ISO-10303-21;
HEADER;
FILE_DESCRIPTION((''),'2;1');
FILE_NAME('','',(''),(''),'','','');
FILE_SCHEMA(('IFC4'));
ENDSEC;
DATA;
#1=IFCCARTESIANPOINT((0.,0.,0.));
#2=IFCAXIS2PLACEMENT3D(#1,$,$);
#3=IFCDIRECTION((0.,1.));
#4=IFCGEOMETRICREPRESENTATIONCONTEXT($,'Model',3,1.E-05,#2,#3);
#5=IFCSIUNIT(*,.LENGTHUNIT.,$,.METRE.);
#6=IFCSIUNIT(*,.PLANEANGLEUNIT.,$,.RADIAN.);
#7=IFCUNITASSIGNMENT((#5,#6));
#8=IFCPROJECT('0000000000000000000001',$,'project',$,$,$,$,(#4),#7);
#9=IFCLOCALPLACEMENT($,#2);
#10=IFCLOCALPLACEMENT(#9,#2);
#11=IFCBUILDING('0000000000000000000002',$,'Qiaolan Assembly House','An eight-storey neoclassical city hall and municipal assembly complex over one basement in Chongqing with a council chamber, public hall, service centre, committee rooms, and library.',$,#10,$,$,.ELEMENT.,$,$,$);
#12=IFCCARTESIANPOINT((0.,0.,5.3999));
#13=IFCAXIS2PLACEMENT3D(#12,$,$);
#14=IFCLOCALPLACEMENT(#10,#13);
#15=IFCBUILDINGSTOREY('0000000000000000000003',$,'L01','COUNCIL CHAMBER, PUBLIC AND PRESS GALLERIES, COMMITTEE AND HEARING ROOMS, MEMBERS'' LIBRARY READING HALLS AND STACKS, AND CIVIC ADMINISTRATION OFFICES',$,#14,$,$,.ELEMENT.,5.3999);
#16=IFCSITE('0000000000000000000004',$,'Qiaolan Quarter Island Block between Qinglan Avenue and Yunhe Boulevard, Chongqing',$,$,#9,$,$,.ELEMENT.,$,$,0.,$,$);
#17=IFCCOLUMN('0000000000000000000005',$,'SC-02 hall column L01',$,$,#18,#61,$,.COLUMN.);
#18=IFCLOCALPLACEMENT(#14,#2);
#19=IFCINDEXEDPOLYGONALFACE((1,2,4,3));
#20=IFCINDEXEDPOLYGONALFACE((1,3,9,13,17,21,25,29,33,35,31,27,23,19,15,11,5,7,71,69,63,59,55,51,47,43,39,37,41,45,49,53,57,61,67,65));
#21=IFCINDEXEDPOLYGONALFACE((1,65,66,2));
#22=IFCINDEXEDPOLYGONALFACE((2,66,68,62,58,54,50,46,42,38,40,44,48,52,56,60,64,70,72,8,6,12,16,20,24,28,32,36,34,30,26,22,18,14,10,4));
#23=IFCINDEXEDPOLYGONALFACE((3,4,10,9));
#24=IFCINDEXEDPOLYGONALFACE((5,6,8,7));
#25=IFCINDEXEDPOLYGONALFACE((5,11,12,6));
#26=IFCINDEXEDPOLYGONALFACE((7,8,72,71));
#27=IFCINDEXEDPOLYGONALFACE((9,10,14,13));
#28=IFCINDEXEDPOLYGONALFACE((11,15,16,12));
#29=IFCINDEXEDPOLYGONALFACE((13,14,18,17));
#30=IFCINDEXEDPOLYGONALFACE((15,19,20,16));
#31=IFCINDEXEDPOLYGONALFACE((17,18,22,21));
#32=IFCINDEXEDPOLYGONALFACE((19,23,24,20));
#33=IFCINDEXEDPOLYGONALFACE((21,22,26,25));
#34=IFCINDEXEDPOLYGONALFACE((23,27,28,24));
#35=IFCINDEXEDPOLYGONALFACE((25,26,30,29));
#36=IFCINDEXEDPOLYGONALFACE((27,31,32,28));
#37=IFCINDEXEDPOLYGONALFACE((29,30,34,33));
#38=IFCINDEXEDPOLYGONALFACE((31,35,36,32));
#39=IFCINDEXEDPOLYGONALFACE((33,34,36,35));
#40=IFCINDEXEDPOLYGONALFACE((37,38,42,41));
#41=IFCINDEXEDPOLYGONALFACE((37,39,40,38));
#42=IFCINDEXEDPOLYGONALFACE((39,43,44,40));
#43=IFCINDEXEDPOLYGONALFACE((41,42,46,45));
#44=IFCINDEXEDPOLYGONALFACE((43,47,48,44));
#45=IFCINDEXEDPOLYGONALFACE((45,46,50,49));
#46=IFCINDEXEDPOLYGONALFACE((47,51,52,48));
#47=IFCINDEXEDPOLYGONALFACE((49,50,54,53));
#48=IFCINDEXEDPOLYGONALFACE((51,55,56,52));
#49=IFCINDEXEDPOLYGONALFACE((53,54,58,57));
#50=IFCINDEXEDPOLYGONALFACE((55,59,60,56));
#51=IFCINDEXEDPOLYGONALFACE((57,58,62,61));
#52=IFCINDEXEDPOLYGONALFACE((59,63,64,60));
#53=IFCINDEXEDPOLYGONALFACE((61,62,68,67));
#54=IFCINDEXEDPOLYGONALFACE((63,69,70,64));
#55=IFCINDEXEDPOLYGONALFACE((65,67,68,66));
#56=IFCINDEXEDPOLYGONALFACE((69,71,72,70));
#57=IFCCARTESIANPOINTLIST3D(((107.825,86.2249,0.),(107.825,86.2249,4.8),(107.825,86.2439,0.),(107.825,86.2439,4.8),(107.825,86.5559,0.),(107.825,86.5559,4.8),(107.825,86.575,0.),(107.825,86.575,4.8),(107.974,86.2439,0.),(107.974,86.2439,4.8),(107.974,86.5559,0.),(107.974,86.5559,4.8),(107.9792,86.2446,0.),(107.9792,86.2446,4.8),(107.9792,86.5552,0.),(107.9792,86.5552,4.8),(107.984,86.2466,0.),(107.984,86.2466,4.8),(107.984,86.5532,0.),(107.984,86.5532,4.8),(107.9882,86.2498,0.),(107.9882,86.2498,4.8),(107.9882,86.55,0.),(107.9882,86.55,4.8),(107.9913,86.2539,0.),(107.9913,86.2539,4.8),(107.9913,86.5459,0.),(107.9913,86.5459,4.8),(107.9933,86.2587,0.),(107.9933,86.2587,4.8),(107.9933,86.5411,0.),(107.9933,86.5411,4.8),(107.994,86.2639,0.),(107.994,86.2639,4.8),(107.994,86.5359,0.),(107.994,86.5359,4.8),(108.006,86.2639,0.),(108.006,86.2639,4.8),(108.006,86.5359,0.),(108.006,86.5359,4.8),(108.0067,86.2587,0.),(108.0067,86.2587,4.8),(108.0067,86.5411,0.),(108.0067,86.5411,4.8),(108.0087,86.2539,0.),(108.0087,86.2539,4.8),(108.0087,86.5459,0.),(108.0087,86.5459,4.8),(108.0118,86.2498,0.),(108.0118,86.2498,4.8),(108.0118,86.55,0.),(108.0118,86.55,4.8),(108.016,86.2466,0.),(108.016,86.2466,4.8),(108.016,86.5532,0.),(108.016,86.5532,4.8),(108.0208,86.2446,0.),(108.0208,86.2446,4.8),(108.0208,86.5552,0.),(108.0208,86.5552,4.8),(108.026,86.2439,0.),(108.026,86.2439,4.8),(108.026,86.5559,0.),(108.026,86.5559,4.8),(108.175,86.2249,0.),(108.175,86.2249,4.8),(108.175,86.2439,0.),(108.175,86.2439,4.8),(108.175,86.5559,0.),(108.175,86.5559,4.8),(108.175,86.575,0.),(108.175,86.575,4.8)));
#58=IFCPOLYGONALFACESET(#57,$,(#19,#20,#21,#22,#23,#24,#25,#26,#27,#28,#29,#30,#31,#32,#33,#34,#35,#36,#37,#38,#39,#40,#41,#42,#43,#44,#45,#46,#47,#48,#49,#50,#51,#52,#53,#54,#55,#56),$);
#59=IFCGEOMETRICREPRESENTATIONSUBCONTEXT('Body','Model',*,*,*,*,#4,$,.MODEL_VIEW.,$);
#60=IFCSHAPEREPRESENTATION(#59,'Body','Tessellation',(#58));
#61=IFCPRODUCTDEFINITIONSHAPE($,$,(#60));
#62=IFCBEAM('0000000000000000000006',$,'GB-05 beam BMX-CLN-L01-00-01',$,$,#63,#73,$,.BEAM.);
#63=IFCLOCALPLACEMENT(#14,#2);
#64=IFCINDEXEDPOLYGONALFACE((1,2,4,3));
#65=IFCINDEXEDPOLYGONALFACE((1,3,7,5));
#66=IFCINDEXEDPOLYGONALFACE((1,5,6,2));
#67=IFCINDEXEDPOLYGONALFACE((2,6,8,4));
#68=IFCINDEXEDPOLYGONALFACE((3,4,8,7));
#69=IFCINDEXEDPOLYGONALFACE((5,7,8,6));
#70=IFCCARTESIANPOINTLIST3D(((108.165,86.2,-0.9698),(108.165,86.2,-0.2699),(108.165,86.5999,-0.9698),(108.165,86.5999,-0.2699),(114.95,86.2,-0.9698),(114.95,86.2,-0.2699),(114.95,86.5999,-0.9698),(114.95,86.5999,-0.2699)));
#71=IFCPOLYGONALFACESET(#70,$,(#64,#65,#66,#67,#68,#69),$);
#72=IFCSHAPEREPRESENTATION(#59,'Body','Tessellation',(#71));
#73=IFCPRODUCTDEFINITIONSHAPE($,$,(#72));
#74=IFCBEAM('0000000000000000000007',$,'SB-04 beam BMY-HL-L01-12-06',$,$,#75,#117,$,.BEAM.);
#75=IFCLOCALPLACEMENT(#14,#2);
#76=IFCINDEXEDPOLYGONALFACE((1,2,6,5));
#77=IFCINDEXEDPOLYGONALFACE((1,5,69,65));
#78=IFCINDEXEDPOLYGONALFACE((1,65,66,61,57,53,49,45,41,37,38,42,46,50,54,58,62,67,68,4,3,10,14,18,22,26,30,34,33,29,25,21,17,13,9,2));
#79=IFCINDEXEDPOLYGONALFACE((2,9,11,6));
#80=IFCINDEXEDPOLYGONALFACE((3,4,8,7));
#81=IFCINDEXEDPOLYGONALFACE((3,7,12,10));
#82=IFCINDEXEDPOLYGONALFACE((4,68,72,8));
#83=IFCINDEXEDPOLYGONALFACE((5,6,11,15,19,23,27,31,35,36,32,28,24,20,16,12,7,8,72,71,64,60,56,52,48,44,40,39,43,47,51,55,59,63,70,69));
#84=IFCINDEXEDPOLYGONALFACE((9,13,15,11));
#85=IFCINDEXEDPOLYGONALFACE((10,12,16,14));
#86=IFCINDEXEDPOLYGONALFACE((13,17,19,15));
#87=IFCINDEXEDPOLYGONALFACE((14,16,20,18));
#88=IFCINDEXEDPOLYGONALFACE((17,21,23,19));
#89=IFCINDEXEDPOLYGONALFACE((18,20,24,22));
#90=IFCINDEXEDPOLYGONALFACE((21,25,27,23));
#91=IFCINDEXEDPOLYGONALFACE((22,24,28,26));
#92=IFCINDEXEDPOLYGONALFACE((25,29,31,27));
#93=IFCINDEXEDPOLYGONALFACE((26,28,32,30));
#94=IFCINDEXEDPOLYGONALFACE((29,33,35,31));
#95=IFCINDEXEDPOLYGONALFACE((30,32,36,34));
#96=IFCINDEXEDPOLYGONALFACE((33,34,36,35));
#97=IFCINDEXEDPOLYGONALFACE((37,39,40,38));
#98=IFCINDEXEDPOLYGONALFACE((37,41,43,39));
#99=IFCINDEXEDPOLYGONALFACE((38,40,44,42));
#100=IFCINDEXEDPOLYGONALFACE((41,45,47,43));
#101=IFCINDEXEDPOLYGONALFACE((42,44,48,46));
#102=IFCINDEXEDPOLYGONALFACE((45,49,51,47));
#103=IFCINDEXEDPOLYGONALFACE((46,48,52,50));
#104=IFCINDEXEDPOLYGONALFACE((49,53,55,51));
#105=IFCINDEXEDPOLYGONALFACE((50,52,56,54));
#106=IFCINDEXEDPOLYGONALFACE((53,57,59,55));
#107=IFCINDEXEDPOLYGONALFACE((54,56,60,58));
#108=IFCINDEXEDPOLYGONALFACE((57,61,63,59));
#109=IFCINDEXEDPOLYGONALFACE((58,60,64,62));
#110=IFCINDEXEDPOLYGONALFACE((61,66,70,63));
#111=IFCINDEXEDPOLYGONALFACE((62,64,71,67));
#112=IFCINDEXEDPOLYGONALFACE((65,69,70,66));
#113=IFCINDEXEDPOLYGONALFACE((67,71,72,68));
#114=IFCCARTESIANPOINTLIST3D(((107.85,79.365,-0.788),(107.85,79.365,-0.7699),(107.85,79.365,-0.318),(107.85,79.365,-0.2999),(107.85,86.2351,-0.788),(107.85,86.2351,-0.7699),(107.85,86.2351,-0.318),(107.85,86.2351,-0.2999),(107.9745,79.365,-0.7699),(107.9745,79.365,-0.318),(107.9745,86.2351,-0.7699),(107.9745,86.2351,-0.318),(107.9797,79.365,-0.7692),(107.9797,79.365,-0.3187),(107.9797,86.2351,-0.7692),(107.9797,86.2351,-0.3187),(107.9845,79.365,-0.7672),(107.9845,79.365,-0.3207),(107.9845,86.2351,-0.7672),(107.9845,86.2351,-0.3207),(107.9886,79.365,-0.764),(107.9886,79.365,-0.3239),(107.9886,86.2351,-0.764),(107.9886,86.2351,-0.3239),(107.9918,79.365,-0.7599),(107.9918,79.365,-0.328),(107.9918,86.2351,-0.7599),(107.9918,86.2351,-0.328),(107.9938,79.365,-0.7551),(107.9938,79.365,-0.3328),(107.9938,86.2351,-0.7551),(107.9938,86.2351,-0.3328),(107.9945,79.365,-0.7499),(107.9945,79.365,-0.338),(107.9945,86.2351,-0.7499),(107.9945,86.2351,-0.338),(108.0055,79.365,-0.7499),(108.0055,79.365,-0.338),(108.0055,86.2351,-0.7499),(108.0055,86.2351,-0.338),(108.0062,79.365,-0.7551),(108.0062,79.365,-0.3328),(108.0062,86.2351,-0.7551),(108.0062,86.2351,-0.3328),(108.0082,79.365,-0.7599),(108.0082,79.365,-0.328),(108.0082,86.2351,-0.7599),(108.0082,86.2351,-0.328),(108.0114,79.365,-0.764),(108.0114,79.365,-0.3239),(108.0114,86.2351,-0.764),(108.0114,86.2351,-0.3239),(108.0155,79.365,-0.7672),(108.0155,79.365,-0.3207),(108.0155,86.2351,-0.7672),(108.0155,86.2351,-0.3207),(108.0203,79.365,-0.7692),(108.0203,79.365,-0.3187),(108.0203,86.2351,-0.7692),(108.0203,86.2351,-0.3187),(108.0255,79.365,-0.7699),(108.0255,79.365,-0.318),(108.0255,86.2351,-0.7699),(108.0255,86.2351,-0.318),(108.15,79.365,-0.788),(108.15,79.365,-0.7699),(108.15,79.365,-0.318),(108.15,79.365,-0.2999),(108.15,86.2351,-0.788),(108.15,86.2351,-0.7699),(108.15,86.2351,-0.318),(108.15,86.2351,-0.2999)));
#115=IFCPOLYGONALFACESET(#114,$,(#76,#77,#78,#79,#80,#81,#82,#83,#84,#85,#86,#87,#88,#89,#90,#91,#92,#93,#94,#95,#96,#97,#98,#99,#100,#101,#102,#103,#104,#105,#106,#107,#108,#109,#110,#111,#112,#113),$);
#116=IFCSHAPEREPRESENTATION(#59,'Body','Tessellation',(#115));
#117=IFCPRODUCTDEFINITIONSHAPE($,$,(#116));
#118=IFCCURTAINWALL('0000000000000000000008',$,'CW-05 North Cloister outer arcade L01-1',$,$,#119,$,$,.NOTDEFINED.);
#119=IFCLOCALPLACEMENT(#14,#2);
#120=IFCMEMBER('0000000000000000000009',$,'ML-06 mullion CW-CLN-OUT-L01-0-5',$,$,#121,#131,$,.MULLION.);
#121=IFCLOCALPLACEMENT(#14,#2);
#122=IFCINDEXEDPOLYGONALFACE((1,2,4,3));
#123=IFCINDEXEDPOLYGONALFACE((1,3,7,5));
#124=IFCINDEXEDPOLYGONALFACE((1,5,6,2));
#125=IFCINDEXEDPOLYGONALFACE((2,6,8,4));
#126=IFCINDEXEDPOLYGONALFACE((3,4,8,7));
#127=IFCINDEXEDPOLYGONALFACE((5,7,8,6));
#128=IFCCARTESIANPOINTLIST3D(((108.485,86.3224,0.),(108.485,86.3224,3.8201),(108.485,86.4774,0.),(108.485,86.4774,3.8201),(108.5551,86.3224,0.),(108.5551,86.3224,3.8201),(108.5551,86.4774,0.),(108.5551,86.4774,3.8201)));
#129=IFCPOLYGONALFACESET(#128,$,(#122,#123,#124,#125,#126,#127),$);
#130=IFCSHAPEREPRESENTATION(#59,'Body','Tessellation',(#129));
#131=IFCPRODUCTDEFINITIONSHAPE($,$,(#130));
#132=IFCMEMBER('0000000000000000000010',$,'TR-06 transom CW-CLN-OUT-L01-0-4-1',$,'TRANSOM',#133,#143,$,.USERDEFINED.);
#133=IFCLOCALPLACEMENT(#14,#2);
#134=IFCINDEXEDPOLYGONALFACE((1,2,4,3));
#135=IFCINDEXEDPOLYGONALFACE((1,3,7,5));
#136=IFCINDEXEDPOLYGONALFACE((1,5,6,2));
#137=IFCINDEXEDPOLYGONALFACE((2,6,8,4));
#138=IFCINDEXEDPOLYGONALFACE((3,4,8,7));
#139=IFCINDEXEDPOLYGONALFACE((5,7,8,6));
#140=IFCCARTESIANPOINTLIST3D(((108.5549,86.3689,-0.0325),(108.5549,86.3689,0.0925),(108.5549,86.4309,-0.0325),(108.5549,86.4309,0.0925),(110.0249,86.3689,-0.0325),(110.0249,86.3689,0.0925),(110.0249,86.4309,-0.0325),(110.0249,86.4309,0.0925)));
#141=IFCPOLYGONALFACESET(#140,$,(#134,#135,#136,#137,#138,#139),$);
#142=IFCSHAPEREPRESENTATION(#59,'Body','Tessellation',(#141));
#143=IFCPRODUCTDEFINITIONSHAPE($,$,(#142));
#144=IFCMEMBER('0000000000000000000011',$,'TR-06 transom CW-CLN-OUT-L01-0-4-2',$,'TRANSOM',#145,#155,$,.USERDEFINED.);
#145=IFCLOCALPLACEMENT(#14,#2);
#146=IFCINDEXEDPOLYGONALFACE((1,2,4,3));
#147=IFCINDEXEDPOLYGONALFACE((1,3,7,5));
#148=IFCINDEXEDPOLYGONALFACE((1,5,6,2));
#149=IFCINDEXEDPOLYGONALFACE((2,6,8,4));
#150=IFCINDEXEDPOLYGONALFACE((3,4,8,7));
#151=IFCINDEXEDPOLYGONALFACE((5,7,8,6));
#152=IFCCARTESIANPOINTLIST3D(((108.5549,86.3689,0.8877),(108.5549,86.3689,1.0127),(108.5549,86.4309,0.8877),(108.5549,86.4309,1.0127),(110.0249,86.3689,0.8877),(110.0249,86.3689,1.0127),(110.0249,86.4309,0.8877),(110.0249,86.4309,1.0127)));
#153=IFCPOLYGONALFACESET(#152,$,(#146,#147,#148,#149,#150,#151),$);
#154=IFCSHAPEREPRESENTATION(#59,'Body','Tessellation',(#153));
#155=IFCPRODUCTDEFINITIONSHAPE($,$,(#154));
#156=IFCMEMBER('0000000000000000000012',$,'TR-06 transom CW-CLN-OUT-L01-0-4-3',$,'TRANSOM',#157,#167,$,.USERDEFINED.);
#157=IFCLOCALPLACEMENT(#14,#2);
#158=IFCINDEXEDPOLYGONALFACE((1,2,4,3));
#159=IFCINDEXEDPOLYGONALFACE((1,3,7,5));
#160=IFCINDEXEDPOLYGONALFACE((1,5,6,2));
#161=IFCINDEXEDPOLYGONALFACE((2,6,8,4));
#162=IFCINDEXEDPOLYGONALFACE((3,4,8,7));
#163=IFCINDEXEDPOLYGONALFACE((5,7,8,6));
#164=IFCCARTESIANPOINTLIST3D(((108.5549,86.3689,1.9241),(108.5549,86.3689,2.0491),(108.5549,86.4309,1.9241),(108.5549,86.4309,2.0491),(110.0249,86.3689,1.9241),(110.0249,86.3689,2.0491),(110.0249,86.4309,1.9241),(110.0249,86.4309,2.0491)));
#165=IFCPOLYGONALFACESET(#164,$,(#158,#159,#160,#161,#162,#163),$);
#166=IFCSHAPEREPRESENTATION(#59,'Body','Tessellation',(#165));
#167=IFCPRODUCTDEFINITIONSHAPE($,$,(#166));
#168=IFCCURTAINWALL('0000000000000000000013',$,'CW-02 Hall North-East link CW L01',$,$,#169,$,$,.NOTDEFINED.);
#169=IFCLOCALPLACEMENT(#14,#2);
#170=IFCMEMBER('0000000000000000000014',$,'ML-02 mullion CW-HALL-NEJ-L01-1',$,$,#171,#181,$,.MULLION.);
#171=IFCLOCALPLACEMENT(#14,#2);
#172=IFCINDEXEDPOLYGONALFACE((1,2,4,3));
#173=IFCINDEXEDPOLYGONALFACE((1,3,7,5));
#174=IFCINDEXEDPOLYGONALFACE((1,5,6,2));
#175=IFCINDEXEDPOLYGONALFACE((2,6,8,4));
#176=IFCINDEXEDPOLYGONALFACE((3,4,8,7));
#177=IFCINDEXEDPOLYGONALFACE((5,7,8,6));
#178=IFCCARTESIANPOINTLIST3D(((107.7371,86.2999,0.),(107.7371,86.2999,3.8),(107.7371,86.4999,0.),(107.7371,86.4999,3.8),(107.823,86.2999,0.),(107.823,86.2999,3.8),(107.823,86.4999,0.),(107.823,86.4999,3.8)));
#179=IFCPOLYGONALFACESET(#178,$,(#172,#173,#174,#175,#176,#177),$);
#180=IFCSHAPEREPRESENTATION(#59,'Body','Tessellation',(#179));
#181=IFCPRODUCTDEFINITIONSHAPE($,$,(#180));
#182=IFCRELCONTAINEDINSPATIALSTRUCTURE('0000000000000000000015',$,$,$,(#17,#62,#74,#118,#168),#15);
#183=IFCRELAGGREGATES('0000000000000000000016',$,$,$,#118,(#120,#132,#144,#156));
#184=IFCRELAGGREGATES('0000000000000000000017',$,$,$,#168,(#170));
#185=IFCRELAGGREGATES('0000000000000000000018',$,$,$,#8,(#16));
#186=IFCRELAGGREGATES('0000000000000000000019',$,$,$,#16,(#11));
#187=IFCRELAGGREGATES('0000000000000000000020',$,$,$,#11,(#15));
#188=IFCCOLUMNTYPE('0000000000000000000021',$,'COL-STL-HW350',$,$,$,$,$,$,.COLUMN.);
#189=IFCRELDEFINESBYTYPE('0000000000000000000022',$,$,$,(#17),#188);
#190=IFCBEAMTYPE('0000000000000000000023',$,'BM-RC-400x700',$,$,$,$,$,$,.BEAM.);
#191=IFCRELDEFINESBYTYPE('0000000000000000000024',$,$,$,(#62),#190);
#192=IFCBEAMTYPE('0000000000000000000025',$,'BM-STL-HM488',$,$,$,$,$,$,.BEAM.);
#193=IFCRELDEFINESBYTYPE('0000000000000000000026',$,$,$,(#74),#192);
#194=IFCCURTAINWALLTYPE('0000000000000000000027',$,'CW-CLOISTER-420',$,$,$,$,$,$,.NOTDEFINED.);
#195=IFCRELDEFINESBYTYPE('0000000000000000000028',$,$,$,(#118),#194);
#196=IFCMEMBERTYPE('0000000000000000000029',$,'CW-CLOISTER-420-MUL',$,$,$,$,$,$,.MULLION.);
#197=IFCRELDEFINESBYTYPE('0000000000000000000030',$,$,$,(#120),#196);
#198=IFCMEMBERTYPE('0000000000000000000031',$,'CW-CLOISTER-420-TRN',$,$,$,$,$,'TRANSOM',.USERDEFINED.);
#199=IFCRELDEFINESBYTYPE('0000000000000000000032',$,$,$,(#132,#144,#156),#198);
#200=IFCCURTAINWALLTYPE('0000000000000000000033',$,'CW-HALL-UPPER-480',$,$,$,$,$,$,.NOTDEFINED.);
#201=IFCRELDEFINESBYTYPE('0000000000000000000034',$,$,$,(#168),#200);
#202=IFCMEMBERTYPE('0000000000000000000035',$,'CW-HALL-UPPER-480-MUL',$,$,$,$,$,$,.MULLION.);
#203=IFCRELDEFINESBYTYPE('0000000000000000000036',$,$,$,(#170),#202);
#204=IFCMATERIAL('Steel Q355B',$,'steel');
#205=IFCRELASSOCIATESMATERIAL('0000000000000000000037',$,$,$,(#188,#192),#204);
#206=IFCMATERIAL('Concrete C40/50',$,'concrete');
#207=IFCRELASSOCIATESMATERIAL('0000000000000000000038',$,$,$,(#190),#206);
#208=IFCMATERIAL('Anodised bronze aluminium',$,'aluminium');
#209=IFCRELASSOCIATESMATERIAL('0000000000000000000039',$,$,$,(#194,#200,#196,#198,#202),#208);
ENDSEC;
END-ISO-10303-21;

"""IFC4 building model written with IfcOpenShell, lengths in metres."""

from ifc_helpers import new_model, si_unit, direction, frame, origin, origin_2d, place, context, subcontext, project, spatial, rectangle, i_section, extrude, material, material_profile, profile_set, type_object, element, aggregate, save


model = new_model("IFC4")

# Units and contexts
model_context = context("Model", 3, precision=1e-05, world=origin(), true_north=direction((0.0, 1.0)))
body_context = subcontext(model_context, "Body", "Model", "MODEL_VIEW")
ifc_project = project(units=[si_unit("LENGTHUNIT", "METRE"), si_unit("PLANEANGLEUNIT", "RADIAN")], contexts=[model_context])

# Site, building, storey
site_placement = place(None, origin())
site = spatial("IfcSite", under=ifc_project, at=site_placement, Name="Qiaolan Quarter Island Block between Qinglan Avenue and Yunhe Boulevard, Chongqing", CompositionType="ELEMENT", RefElevation=0.0)
building_placement = place(site_placement, origin())
building = spatial("IfcBuilding", under=site, at=building_placement, Name="Qiaolan Assembly House", Description="An eight-storey neoclassical city hall and municipal assembly complex over one basement in Chongqing with a council chamber, public hall, service centre, committee rooms, and library.", CompositionType="ELEMENT")
storey_placement = place(building_placement, frame((0.0, 0.0, 5.3999)))
storey = spatial("IfcBuildingStorey", under=building, at=storey_placement, Name="L01", Description="COUNCIL CHAMBER, PUBLIC AND PRESS GALLERIES, COMMITTEE AND HEARING ROOMS, MEMBERS' LIBRARY READING HALLS AND STACKS, AND CIVIC ADMINISTRATION OFFICES", CompositionType="ELEMENT", Elevation=5.3999)

# Column
ifc_material_1 = material(Name="Steel Q355B", Category="steel")
ifc_material_profile_1 = material_profile(ifc_material_1, i_section(OverallWidth=0.3501, OverallDepth=0.3501, WebThickness=0.012, FlangeThickness=0.019, FilletRadius=0.02, at=origin_2d()), Name="HW 350x350x12x19")
ifc_profile_set_1 = profile_set([ifc_material_profile_1], Name="Steel Q355B")
column_type = type_object("IfcColumnType", Name="COL-STL-HW350", PredefinedType="COLUMN", material=ifc_profile_set_1)
column_placement = place(storey_placement, frame((108.0, 86.3999, 0.0), z_axis=(0.0, 0.0, 1.0), x_axis=(1.0, 0.0, 0.0)))
element("IfcColumn", 1, at=column_placement, inside=storey, type_object=column_type, Name="SC-02 hall column L01", PredefinedType="COLUMN", context=body_context, shape_type="SweptSolid", body=[
    extrude(i_section(OverallWidth=0.3501, OverallDepth=0.3501, WebThickness=0.012, FlangeThickness=0.019, FilletRadius=0.02, at=origin_2d()), origin(), (0.0, 0.0, 1.0), 4.8),
])

# Beams
ifc_material_2 = material(Name="Concrete C40/50", Category="concrete")
ifc_material_profile_2 = material_profile(ifc_material_2, rectangle(XDim=0.3999, YDim=0.7, at=origin_2d()), Name="RCB 400x700")
ifc_profile_set_2 = profile_set([ifc_material_profile_2], Name="Concrete C40/50")
beam_type_1 = type_object("IfcBeamType", Name="BM-RC-400x700", PredefinedType="BEAM", material=ifc_profile_set_2)
beam_1_placement = place(storey_placement, frame((108.165, 86.3999, -0.6199), z_axis=(1.0, 0.0, 0.0), x_axis=(0.0, 1.0, 0.0)))
element("IfcBeam", 2, at=beam_1_placement, inside=storey, type_object=beam_type_1, Name="GB-05 beam BMX-CLN-L01-00-01", PredefinedType="BEAM", context=body_context, shape_type="SweptSolid", body=[
    extrude(rectangle(XDim=0.3999, YDim=0.7, at=origin_2d()), origin(), (0.0, 0.0, 1.0), 6.7849),
])
ifc_material_profile_3 = material_profile(ifc_material_1, i_section(OverallWidth=0.3, OverallDepth=0.488, WebThickness=0.011, FlangeThickness=0.0181, FilletRadius=0.02, at=origin_2d()), Name="HM 488x300x11x18")
ifc_profile_set_3 = profile_set([ifc_material_profile_3], Name="Steel Q355B")
beam_type_2 = type_object("IfcBeamType", Name="BM-STL-HM488", PredefinedType="BEAM", material=ifc_profile_set_3)
beam_2_placement = place(storey_placement, frame((108.0, 79.365, -0.5439), z_axis=(0.0, 1.0, 0.0), x_axis=(-1.0, 0.0, 0.0)))
element("IfcBeam", 3, at=beam_2_placement, inside=storey, type_object=beam_type_2, Name="SB-04 beam BMY-HL-L01-12-06", PredefinedType="BEAM", context=body_context, shape_type="SweptSolid", body=[
    extrude(i_section(OverallWidth=0.3, OverallDepth=0.488, WebThickness=0.011, FlangeThickness=0.0181, FilletRadius=0.02, at=origin_2d()), origin(), (0.0, 0.0, 1.0), 6.8701),
])

# Curtain walls, members
ifc_material_3 = material(Name="Anodised bronze aluminium", Category="aluminium")
curtain_wall_type_1 = type_object("IfcCurtainWallType", Name="CW-CLOISTER-420", PredefinedType="NOTDEFINED", material=ifc_material_3)
curtain_wall_1_placement = place(storey_placement, origin())
curtain_wall_1 = element("IfcCurtainWall", 4, at=curtain_wall_1_placement, inside=storey, type_object=curtain_wall_type_1, Name="CW-05 North Cloister outer arcade L01-1", PredefinedType="NOTDEFINED")
ifc_material_profile_4 = material_profile(ifc_material_3, rectangle(XDim=0.0701, YDim=0.155, at=origin_2d()), Name="MUL 70x155")
ifc_profile_set_4 = profile_set([ifc_material_profile_4], Name="Anodised bronze aluminium")
member_type_1 = type_object("IfcMemberType", Name="CW-CLOISTER-420-MUL", PredefinedType="MULLION", material=ifc_profile_set_4)
member_1_placement = place(storey_placement, frame((108.52, 86.3999, 0.0), z_axis=(0.0, 0.0, 1.0), x_axis=(-1.0, 0.0, 0.0)))
member_1 = element("IfcMember", 5, at=member_1_placement, type_object=member_type_1, Name="ML-06 mullion CW-CLN-OUT-L01-0-5", PredefinedType="MULLION", context=body_context, shape_type="SweptSolid", body=[
    extrude(rectangle(XDim=0.0701, YDim=0.155, at=origin_2d()), origin(), (0.0, 0.0, 1.0), 3.8201),
])
ifc_material_profile_5 = material_profile(ifc_material_3, rectangle(XDim=0.062, YDim=0.125, at=origin_2d()), Name="TRN 62x125")
ifc_profile_set_5 = profile_set([ifc_material_profile_5], Name="Anodised bronze aluminium")
member_type_2 = type_object("IfcMemberType", Name="CW-CLOISTER-420-TRN", ElementType="TRANSOM", PredefinedType="USERDEFINED", material=ifc_profile_set_5)
member_2_placement = place(storey_placement, frame((110.0249, 86.3999, 0.03), z_axis=(-1.0, 0.0, 0.0), x_axis=(0.0, -1.0, 0.0)))
member_2 = element("IfcMember", 6, at=member_2_placement, type_object=member_type_2, Name="TR-06 transom CW-CLN-OUT-L01-0-4-1", ObjectType="TRANSOM", PredefinedType="USERDEFINED", context=body_context, shape_type="SweptSolid", body=[
    extrude(rectangle(XDim=0.062, YDim=0.125, at=origin_2d()), origin(), (0.0, 0.0, 1.0), 1.47),
])
member_3_placement = place(storey_placement, frame((110.0249, 86.3999, 0.9502), z_axis=(-1.0, 0.0, 0.0), x_axis=(0.0, -1.0, 0.0)))
member_3 = element("IfcMember", 7, at=member_3_placement, type_object=member_type_2, Name="TR-06 transom CW-CLN-OUT-L01-0-4-2", ObjectType="TRANSOM", PredefinedType="USERDEFINED", context=body_context, shape_type="SweptSolid", body=[
    extrude(rectangle(XDim=0.062, YDim=0.125, at=origin_2d()), origin(), (0.0, 0.0, 1.0), 1.47),
])
member_4_placement = place(storey_placement, frame((110.0249, 86.3999, 1.9866), z_axis=(-1.0, 0.0, 0.0), x_axis=(0.0, -1.0, 0.0)))
member_4 = element("IfcMember", 8, at=member_4_placement, type_object=member_type_2, Name="TR-06 transom CW-CLN-OUT-L01-0-4-3", ObjectType="TRANSOM", PredefinedType="USERDEFINED", context=body_context, shape_type="SweptSolid", body=[
    extrude(rectangle(XDim=0.062, YDim=0.125, at=origin_2d()), origin(), (0.0, 0.0, 1.0), 1.47),
])
aggregate(curtain_wall_1, [member_1, member_2, member_3, member_4])
curtain_wall_type_2 = type_object("IfcCurtainWallType", Name="CW-HALL-UPPER-480", PredefinedType="NOTDEFINED", material=ifc_material_3)
curtain_wall_2_placement = place(storey_placement, origin())
curtain_wall_2 = element("IfcCurtainWall", 9, at=curtain_wall_2_placement, inside=storey, type_object=curtain_wall_type_2, Name="CW-02 Hall North-East link CW L01", PredefinedType="NOTDEFINED")
ifc_material_profile_6 = material_profile(ifc_material_3, rectangle(XDim=0.0859, YDim=0.2, at=origin_2d()), Name="MUL 86x200")
ifc_profile_set_6 = profile_set([ifc_material_profile_6], Name="Anodised bronze aluminium")
member_type_3 = type_object("IfcMemberType", Name="CW-HALL-UPPER-480-MUL", PredefinedType="MULLION", material=ifc_profile_set_6)
member_5_placement = place(storey_placement, frame((107.78, 86.3999, 0.0), z_axis=(0.0, 0.0, 1.0), x_axis=(-1.0, 0.0, 0.0)))
member_5 = element("IfcMember", 10, at=member_5_placement, type_object=member_type_3, Name="ML-02 mullion CW-HALL-NEJ-L01-1", PredefinedType="MULLION", context=body_context, shape_type="SweptSolid", body=[
    extrude(rectangle(XDim=0.0859, YDim=0.2, at=origin_2d()), origin(), (0.0, 0.0, 1.0), 3.8),
])

aggregate(curtain_wall_2, [member_5])

save(model, "model.ifc")
